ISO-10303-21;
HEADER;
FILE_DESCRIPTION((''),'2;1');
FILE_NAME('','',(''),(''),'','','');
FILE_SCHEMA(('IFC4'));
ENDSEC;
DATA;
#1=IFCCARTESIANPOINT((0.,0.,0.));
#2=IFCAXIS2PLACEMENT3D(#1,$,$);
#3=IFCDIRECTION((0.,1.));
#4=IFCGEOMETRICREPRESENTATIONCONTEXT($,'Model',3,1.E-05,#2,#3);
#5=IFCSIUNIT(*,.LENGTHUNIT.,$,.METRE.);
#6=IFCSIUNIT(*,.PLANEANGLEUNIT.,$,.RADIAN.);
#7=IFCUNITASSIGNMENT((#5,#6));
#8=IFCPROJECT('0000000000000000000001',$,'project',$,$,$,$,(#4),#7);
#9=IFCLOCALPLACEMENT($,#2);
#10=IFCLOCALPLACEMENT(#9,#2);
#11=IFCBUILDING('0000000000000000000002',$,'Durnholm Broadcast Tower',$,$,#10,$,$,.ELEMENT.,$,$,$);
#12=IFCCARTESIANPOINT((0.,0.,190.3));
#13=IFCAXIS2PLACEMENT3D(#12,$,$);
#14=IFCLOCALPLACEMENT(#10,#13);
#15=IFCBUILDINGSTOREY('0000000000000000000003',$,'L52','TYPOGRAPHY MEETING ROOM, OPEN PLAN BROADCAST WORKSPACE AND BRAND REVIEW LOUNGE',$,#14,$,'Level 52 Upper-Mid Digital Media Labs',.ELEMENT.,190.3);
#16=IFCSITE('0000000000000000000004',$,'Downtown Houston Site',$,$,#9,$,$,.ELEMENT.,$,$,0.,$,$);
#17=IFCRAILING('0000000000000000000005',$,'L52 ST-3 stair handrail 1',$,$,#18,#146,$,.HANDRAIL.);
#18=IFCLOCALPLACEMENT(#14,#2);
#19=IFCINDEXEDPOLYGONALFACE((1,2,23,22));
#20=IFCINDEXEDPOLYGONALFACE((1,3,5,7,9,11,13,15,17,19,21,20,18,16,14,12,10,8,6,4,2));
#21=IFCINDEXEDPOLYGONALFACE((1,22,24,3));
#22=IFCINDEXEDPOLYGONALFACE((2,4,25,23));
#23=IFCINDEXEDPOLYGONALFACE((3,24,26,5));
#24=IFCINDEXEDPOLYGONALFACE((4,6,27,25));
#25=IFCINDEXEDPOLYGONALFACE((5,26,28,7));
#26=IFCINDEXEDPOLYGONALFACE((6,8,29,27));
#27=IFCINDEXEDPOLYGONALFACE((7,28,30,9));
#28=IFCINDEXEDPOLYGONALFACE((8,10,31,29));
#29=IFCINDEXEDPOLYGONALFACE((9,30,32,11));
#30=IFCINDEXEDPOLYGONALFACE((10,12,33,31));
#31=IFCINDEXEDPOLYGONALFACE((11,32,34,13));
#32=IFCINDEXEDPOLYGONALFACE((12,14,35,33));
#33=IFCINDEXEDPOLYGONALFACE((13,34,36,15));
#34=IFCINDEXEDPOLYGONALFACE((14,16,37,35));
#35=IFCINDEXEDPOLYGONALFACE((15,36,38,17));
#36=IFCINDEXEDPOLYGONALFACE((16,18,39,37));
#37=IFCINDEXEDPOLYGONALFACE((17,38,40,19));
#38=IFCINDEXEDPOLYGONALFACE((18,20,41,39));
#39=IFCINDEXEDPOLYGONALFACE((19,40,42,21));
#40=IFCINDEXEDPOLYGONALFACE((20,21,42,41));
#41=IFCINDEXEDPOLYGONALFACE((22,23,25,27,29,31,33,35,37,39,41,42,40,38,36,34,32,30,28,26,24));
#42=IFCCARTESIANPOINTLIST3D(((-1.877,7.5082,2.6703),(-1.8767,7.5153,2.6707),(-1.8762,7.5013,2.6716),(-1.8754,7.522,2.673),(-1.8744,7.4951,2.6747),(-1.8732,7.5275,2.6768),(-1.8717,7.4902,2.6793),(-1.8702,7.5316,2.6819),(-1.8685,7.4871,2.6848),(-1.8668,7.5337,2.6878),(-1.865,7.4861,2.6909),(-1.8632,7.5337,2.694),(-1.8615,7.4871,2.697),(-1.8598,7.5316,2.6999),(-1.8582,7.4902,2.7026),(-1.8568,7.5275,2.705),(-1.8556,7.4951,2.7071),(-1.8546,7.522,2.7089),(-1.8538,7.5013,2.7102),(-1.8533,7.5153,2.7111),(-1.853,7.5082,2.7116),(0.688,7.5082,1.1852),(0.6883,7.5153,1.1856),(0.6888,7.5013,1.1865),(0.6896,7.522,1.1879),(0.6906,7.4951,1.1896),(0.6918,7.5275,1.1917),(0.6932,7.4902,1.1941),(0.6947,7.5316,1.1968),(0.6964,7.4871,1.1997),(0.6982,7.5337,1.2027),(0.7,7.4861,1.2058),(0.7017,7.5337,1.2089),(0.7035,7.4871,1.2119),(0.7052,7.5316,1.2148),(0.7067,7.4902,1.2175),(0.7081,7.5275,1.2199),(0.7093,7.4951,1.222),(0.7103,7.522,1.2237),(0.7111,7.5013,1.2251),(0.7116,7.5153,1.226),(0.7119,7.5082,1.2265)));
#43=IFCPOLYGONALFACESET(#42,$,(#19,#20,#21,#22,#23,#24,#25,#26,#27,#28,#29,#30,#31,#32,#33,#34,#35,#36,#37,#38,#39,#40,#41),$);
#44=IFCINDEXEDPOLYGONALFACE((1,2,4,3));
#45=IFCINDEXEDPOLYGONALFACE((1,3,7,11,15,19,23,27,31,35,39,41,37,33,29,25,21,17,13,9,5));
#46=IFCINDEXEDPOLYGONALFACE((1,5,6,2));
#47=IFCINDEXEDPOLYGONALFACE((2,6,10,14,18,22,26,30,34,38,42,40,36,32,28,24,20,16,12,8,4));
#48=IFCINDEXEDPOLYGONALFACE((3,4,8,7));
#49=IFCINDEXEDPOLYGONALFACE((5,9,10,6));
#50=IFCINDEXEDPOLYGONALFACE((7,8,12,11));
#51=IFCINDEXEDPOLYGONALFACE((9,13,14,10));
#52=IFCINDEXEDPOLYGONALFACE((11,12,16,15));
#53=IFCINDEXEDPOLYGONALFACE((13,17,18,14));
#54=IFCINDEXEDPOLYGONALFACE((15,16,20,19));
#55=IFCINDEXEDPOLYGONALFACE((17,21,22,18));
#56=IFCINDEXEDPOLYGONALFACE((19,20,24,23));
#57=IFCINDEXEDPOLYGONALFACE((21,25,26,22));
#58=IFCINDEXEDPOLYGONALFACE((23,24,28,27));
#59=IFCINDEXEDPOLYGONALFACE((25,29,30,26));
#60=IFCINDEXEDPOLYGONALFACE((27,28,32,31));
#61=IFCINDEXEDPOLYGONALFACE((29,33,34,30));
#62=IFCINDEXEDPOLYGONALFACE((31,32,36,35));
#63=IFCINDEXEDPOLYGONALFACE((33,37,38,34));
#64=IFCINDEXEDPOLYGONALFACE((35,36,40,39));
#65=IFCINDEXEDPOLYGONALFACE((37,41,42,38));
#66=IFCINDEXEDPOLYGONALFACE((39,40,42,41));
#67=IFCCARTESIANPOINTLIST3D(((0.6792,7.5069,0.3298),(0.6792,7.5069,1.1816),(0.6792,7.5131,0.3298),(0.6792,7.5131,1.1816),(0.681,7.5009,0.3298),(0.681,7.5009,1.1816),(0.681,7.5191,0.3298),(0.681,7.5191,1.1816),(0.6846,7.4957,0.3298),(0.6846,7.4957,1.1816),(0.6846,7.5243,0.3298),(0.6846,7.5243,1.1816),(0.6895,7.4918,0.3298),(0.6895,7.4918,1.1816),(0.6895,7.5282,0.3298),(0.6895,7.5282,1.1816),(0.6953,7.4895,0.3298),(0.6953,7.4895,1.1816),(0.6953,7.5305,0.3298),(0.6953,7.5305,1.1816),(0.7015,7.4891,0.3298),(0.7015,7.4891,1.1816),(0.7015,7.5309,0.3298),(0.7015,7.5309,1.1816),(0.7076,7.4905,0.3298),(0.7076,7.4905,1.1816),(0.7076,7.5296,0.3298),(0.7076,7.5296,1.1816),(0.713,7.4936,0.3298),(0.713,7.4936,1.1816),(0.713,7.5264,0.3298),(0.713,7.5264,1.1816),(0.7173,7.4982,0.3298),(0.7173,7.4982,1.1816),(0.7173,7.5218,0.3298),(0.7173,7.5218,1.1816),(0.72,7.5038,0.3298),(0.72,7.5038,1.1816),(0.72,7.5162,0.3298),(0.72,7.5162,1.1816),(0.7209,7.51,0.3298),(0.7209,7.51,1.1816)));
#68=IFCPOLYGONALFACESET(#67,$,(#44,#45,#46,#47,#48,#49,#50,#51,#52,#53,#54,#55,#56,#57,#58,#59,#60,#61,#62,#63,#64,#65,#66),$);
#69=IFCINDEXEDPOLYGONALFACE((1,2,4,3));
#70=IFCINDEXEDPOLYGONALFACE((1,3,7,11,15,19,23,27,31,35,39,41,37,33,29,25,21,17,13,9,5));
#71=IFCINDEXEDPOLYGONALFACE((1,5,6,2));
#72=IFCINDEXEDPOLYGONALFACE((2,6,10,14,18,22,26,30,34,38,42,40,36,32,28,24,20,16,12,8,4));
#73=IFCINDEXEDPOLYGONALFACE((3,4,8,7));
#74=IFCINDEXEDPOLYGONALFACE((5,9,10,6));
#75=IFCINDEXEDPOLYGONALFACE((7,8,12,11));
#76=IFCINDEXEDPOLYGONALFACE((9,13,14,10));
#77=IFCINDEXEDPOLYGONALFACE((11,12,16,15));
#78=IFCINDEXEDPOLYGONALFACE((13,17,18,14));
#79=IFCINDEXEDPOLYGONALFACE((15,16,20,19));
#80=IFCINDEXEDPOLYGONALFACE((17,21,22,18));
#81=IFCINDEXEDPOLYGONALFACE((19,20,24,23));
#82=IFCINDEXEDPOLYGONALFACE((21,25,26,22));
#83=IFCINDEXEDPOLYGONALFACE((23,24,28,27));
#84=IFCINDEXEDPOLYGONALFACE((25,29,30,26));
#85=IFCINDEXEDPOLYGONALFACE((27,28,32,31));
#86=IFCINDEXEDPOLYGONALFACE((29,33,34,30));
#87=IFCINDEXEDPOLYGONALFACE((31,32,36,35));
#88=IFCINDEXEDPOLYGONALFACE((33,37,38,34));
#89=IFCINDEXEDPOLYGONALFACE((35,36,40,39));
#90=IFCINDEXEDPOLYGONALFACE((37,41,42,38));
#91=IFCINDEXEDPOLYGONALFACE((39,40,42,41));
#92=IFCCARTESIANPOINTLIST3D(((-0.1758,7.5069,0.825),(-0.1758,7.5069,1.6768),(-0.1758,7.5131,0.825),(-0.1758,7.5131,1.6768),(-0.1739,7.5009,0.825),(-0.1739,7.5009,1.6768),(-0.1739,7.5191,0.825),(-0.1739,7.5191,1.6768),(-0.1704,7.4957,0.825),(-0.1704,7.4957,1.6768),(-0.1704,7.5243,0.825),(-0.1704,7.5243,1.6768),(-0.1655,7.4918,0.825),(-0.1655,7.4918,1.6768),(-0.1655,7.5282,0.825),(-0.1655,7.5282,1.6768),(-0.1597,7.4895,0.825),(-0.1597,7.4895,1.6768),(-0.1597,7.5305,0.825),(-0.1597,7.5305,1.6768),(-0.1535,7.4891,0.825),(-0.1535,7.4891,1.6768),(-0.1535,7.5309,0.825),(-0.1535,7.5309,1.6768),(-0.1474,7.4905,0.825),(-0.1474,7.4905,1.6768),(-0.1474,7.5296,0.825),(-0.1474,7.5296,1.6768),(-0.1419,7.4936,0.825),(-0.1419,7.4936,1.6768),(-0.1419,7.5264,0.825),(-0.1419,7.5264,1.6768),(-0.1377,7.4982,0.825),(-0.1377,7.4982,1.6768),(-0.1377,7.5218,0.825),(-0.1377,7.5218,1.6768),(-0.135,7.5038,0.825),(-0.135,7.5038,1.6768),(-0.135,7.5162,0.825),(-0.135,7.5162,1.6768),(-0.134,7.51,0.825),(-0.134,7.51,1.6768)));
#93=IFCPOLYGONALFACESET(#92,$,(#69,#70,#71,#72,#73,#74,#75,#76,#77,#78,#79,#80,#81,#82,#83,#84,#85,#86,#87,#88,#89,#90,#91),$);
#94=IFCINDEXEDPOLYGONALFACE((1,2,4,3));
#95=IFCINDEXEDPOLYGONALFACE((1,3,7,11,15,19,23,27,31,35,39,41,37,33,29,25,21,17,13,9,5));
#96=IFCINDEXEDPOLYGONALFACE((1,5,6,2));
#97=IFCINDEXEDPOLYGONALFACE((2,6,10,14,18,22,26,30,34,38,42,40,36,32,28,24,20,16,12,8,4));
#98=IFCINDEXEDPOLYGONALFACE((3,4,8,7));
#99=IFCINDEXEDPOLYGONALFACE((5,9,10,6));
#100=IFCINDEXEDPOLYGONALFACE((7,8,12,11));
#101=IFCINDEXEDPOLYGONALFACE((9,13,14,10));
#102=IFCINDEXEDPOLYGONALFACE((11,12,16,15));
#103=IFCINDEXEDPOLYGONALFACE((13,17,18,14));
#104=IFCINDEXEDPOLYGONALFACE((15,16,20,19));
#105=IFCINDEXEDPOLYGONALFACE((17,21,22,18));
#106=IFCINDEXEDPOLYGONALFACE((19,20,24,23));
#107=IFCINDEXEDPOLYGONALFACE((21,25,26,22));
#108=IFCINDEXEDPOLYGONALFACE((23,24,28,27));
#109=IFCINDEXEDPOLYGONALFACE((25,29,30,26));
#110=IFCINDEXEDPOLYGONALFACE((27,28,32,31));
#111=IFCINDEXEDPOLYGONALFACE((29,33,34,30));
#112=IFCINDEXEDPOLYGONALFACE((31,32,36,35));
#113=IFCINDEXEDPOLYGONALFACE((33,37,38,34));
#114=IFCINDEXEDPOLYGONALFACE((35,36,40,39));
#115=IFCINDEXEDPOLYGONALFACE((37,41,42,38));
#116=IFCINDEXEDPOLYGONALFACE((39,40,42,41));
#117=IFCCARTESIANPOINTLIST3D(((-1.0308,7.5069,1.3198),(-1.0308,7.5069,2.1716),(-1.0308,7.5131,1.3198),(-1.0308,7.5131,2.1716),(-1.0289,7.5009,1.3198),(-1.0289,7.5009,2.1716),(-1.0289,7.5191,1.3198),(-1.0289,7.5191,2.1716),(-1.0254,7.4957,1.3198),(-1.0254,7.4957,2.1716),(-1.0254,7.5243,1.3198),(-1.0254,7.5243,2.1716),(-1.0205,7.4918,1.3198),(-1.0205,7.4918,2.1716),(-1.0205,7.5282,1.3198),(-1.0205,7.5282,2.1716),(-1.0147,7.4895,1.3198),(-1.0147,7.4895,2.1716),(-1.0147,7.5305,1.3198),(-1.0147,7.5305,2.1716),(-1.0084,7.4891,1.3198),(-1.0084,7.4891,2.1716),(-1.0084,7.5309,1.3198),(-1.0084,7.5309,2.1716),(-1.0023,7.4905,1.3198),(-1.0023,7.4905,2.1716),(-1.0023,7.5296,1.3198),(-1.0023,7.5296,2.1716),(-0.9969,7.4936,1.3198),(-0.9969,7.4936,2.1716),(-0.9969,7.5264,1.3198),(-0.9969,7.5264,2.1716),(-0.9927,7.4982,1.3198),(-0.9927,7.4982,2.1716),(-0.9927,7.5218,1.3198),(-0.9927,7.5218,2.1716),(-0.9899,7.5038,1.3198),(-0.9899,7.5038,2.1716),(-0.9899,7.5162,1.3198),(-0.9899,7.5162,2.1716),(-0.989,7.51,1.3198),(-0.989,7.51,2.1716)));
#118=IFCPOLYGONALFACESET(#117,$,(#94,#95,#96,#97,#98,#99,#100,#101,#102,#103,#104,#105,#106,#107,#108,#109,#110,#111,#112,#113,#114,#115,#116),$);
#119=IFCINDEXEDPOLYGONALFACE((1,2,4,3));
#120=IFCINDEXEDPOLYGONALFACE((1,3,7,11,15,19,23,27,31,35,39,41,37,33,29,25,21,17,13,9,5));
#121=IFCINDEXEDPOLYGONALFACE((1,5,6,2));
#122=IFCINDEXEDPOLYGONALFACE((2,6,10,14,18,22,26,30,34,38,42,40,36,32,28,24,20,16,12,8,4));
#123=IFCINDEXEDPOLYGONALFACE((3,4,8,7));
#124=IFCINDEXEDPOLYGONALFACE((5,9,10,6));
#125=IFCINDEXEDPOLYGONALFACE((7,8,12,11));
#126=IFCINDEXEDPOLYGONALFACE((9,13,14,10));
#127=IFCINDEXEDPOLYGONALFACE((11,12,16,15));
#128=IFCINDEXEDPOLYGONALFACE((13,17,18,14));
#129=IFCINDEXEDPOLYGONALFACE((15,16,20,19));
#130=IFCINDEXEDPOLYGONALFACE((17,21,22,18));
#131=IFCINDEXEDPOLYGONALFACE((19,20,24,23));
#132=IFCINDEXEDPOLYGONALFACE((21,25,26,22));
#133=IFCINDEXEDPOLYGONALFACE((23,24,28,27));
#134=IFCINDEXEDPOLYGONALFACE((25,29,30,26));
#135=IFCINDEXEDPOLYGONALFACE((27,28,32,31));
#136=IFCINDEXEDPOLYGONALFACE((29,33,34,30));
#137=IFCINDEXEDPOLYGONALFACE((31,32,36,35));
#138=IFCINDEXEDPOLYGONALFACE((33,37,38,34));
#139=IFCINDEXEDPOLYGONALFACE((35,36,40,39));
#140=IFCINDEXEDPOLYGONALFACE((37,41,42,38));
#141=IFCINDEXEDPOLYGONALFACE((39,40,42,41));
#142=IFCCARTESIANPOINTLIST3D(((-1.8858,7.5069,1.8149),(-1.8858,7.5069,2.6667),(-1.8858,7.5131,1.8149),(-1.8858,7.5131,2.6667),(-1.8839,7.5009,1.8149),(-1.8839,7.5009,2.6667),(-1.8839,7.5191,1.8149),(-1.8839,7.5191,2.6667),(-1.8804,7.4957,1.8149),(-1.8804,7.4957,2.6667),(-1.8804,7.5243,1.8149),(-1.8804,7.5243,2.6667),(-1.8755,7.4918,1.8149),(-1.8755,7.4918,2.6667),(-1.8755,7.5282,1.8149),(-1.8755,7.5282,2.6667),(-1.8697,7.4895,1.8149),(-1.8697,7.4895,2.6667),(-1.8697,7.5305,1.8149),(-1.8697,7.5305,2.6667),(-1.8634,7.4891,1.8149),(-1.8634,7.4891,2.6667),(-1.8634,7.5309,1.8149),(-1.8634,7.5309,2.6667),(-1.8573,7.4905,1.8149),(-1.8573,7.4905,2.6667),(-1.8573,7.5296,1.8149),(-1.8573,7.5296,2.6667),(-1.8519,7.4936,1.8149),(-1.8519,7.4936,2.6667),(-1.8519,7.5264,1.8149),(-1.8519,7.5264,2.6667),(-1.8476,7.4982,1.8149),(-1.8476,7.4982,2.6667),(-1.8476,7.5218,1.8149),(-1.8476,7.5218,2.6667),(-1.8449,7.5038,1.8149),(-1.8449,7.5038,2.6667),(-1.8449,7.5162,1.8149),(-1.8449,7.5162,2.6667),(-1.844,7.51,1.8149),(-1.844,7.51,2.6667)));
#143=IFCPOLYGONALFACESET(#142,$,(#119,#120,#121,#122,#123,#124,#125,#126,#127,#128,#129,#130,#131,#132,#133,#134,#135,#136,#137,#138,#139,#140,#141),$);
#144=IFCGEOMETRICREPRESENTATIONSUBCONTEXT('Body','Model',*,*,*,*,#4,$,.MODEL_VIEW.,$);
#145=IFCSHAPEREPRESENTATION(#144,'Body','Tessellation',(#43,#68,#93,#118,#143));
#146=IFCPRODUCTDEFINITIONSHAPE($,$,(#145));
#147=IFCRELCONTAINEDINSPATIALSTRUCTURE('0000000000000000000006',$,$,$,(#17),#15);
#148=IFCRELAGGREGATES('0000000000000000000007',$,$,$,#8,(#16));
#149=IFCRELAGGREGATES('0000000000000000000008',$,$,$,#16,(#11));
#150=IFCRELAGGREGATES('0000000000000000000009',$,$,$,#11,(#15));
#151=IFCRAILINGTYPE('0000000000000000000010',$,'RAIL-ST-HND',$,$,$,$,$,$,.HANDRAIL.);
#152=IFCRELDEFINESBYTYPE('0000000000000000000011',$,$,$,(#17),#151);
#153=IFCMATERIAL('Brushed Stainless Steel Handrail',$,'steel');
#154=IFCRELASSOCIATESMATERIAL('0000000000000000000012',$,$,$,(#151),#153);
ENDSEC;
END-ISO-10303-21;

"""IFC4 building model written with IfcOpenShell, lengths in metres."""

from ifc_helpers import new_model, si_unit, direction, frame, origin, origin_2d, place, context, subcontext, project, spatial, circle, extrude, material, type_object, element, save


model = new_model("IFC4")

# Units and contexts
model_context = context("Model", 3, precision=1e-05, world=origin(), true_north=direction((0.0, 1.0)))
body_context = subcontext(model_context, "Body", "Model", "MODEL_VIEW")
ifc_project = project(units=[si_unit("LENGTHUNIT", "METRE"), si_unit("PLANEANGLEUNIT", "RADIAN")], contexts=[model_context])

# Site, building, storey
site_placement = place(None, origin())
site = spatial("IfcSite", under=ifc_project, at=site_placement, Name="Downtown Houston Site", CompositionType="ELEMENT", RefElevation=0.0)
building_placement = place(site_placement, origin())
building = spatial("IfcBuilding", under=site, at=building_placement, Name="Durnholm Broadcast Tower", CompositionType="ELEMENT")
storey_placement = place(building_placement, frame((0.0, 0.0, 190.3)))
storey = spatial("IfcBuildingStorey", under=building, at=storey_placement, Name="L52", Description="TYPOGRAPHY MEETING ROOM, OPEN PLAN BROADCAST WORKSPACE AND BRAND REVIEW LOUNGE", LongName="Level 52 Upper-Mid Digital Media Labs", CompositionType="ELEMENT", Elevation=190.3)

# Railing
ifc_material_1 = material(Name="Brushed Stainless Steel Handrail", Category="steel")
railing_type_1 = type_object("IfcRailingType", Name="RAIL-ST-HND", PredefinedType="HANDRAIL", material=ifc_material_1)
railing_1_placement = place(storey_placement, frame((0.7, 7.51, 0.3298)))
element("IfcRailing", 1, at=railing_1_placement, inside=storey, type_object=railing_type_1, Name="L52 ST-3 stair handrail 1", PredefinedType="HANDRAIL", context=body_context, shape_type="SweptSolid", body=[
    extrude(circle(Radius=0.0239, at=origin_2d()), frame((0.0, 0.0, 0.876), z_axis=(-0.865406, 0.0, 0.501072), x_axis=(0.0, -1.0, 0.0)), (0.0, 0.0, 1.0), 2.9639),
    extrude(circle(Radius=0.021, at=origin_2d()), origin(), (0.0, 0.0, 1.0), 0.8518),
    extrude(circle(Radius=0.021, at=origin_2d()), frame((-0.855, 0.0, 0.4951)), (0.0, 0.0, 1.0), 0.8518),
    extrude(circle(Radius=0.021, at=origin_2d()), frame((-1.71, 0.0, 0.99)), (0.0, 0.0, 1.0), 0.8518),
    extrude(circle(Radius=0.021, at=origin_2d()), frame((-2.5649, 0.0, 1.4851)), (0.0, 0.0, 1.0), 0.8518),
])

save(model, "model.ifc")
